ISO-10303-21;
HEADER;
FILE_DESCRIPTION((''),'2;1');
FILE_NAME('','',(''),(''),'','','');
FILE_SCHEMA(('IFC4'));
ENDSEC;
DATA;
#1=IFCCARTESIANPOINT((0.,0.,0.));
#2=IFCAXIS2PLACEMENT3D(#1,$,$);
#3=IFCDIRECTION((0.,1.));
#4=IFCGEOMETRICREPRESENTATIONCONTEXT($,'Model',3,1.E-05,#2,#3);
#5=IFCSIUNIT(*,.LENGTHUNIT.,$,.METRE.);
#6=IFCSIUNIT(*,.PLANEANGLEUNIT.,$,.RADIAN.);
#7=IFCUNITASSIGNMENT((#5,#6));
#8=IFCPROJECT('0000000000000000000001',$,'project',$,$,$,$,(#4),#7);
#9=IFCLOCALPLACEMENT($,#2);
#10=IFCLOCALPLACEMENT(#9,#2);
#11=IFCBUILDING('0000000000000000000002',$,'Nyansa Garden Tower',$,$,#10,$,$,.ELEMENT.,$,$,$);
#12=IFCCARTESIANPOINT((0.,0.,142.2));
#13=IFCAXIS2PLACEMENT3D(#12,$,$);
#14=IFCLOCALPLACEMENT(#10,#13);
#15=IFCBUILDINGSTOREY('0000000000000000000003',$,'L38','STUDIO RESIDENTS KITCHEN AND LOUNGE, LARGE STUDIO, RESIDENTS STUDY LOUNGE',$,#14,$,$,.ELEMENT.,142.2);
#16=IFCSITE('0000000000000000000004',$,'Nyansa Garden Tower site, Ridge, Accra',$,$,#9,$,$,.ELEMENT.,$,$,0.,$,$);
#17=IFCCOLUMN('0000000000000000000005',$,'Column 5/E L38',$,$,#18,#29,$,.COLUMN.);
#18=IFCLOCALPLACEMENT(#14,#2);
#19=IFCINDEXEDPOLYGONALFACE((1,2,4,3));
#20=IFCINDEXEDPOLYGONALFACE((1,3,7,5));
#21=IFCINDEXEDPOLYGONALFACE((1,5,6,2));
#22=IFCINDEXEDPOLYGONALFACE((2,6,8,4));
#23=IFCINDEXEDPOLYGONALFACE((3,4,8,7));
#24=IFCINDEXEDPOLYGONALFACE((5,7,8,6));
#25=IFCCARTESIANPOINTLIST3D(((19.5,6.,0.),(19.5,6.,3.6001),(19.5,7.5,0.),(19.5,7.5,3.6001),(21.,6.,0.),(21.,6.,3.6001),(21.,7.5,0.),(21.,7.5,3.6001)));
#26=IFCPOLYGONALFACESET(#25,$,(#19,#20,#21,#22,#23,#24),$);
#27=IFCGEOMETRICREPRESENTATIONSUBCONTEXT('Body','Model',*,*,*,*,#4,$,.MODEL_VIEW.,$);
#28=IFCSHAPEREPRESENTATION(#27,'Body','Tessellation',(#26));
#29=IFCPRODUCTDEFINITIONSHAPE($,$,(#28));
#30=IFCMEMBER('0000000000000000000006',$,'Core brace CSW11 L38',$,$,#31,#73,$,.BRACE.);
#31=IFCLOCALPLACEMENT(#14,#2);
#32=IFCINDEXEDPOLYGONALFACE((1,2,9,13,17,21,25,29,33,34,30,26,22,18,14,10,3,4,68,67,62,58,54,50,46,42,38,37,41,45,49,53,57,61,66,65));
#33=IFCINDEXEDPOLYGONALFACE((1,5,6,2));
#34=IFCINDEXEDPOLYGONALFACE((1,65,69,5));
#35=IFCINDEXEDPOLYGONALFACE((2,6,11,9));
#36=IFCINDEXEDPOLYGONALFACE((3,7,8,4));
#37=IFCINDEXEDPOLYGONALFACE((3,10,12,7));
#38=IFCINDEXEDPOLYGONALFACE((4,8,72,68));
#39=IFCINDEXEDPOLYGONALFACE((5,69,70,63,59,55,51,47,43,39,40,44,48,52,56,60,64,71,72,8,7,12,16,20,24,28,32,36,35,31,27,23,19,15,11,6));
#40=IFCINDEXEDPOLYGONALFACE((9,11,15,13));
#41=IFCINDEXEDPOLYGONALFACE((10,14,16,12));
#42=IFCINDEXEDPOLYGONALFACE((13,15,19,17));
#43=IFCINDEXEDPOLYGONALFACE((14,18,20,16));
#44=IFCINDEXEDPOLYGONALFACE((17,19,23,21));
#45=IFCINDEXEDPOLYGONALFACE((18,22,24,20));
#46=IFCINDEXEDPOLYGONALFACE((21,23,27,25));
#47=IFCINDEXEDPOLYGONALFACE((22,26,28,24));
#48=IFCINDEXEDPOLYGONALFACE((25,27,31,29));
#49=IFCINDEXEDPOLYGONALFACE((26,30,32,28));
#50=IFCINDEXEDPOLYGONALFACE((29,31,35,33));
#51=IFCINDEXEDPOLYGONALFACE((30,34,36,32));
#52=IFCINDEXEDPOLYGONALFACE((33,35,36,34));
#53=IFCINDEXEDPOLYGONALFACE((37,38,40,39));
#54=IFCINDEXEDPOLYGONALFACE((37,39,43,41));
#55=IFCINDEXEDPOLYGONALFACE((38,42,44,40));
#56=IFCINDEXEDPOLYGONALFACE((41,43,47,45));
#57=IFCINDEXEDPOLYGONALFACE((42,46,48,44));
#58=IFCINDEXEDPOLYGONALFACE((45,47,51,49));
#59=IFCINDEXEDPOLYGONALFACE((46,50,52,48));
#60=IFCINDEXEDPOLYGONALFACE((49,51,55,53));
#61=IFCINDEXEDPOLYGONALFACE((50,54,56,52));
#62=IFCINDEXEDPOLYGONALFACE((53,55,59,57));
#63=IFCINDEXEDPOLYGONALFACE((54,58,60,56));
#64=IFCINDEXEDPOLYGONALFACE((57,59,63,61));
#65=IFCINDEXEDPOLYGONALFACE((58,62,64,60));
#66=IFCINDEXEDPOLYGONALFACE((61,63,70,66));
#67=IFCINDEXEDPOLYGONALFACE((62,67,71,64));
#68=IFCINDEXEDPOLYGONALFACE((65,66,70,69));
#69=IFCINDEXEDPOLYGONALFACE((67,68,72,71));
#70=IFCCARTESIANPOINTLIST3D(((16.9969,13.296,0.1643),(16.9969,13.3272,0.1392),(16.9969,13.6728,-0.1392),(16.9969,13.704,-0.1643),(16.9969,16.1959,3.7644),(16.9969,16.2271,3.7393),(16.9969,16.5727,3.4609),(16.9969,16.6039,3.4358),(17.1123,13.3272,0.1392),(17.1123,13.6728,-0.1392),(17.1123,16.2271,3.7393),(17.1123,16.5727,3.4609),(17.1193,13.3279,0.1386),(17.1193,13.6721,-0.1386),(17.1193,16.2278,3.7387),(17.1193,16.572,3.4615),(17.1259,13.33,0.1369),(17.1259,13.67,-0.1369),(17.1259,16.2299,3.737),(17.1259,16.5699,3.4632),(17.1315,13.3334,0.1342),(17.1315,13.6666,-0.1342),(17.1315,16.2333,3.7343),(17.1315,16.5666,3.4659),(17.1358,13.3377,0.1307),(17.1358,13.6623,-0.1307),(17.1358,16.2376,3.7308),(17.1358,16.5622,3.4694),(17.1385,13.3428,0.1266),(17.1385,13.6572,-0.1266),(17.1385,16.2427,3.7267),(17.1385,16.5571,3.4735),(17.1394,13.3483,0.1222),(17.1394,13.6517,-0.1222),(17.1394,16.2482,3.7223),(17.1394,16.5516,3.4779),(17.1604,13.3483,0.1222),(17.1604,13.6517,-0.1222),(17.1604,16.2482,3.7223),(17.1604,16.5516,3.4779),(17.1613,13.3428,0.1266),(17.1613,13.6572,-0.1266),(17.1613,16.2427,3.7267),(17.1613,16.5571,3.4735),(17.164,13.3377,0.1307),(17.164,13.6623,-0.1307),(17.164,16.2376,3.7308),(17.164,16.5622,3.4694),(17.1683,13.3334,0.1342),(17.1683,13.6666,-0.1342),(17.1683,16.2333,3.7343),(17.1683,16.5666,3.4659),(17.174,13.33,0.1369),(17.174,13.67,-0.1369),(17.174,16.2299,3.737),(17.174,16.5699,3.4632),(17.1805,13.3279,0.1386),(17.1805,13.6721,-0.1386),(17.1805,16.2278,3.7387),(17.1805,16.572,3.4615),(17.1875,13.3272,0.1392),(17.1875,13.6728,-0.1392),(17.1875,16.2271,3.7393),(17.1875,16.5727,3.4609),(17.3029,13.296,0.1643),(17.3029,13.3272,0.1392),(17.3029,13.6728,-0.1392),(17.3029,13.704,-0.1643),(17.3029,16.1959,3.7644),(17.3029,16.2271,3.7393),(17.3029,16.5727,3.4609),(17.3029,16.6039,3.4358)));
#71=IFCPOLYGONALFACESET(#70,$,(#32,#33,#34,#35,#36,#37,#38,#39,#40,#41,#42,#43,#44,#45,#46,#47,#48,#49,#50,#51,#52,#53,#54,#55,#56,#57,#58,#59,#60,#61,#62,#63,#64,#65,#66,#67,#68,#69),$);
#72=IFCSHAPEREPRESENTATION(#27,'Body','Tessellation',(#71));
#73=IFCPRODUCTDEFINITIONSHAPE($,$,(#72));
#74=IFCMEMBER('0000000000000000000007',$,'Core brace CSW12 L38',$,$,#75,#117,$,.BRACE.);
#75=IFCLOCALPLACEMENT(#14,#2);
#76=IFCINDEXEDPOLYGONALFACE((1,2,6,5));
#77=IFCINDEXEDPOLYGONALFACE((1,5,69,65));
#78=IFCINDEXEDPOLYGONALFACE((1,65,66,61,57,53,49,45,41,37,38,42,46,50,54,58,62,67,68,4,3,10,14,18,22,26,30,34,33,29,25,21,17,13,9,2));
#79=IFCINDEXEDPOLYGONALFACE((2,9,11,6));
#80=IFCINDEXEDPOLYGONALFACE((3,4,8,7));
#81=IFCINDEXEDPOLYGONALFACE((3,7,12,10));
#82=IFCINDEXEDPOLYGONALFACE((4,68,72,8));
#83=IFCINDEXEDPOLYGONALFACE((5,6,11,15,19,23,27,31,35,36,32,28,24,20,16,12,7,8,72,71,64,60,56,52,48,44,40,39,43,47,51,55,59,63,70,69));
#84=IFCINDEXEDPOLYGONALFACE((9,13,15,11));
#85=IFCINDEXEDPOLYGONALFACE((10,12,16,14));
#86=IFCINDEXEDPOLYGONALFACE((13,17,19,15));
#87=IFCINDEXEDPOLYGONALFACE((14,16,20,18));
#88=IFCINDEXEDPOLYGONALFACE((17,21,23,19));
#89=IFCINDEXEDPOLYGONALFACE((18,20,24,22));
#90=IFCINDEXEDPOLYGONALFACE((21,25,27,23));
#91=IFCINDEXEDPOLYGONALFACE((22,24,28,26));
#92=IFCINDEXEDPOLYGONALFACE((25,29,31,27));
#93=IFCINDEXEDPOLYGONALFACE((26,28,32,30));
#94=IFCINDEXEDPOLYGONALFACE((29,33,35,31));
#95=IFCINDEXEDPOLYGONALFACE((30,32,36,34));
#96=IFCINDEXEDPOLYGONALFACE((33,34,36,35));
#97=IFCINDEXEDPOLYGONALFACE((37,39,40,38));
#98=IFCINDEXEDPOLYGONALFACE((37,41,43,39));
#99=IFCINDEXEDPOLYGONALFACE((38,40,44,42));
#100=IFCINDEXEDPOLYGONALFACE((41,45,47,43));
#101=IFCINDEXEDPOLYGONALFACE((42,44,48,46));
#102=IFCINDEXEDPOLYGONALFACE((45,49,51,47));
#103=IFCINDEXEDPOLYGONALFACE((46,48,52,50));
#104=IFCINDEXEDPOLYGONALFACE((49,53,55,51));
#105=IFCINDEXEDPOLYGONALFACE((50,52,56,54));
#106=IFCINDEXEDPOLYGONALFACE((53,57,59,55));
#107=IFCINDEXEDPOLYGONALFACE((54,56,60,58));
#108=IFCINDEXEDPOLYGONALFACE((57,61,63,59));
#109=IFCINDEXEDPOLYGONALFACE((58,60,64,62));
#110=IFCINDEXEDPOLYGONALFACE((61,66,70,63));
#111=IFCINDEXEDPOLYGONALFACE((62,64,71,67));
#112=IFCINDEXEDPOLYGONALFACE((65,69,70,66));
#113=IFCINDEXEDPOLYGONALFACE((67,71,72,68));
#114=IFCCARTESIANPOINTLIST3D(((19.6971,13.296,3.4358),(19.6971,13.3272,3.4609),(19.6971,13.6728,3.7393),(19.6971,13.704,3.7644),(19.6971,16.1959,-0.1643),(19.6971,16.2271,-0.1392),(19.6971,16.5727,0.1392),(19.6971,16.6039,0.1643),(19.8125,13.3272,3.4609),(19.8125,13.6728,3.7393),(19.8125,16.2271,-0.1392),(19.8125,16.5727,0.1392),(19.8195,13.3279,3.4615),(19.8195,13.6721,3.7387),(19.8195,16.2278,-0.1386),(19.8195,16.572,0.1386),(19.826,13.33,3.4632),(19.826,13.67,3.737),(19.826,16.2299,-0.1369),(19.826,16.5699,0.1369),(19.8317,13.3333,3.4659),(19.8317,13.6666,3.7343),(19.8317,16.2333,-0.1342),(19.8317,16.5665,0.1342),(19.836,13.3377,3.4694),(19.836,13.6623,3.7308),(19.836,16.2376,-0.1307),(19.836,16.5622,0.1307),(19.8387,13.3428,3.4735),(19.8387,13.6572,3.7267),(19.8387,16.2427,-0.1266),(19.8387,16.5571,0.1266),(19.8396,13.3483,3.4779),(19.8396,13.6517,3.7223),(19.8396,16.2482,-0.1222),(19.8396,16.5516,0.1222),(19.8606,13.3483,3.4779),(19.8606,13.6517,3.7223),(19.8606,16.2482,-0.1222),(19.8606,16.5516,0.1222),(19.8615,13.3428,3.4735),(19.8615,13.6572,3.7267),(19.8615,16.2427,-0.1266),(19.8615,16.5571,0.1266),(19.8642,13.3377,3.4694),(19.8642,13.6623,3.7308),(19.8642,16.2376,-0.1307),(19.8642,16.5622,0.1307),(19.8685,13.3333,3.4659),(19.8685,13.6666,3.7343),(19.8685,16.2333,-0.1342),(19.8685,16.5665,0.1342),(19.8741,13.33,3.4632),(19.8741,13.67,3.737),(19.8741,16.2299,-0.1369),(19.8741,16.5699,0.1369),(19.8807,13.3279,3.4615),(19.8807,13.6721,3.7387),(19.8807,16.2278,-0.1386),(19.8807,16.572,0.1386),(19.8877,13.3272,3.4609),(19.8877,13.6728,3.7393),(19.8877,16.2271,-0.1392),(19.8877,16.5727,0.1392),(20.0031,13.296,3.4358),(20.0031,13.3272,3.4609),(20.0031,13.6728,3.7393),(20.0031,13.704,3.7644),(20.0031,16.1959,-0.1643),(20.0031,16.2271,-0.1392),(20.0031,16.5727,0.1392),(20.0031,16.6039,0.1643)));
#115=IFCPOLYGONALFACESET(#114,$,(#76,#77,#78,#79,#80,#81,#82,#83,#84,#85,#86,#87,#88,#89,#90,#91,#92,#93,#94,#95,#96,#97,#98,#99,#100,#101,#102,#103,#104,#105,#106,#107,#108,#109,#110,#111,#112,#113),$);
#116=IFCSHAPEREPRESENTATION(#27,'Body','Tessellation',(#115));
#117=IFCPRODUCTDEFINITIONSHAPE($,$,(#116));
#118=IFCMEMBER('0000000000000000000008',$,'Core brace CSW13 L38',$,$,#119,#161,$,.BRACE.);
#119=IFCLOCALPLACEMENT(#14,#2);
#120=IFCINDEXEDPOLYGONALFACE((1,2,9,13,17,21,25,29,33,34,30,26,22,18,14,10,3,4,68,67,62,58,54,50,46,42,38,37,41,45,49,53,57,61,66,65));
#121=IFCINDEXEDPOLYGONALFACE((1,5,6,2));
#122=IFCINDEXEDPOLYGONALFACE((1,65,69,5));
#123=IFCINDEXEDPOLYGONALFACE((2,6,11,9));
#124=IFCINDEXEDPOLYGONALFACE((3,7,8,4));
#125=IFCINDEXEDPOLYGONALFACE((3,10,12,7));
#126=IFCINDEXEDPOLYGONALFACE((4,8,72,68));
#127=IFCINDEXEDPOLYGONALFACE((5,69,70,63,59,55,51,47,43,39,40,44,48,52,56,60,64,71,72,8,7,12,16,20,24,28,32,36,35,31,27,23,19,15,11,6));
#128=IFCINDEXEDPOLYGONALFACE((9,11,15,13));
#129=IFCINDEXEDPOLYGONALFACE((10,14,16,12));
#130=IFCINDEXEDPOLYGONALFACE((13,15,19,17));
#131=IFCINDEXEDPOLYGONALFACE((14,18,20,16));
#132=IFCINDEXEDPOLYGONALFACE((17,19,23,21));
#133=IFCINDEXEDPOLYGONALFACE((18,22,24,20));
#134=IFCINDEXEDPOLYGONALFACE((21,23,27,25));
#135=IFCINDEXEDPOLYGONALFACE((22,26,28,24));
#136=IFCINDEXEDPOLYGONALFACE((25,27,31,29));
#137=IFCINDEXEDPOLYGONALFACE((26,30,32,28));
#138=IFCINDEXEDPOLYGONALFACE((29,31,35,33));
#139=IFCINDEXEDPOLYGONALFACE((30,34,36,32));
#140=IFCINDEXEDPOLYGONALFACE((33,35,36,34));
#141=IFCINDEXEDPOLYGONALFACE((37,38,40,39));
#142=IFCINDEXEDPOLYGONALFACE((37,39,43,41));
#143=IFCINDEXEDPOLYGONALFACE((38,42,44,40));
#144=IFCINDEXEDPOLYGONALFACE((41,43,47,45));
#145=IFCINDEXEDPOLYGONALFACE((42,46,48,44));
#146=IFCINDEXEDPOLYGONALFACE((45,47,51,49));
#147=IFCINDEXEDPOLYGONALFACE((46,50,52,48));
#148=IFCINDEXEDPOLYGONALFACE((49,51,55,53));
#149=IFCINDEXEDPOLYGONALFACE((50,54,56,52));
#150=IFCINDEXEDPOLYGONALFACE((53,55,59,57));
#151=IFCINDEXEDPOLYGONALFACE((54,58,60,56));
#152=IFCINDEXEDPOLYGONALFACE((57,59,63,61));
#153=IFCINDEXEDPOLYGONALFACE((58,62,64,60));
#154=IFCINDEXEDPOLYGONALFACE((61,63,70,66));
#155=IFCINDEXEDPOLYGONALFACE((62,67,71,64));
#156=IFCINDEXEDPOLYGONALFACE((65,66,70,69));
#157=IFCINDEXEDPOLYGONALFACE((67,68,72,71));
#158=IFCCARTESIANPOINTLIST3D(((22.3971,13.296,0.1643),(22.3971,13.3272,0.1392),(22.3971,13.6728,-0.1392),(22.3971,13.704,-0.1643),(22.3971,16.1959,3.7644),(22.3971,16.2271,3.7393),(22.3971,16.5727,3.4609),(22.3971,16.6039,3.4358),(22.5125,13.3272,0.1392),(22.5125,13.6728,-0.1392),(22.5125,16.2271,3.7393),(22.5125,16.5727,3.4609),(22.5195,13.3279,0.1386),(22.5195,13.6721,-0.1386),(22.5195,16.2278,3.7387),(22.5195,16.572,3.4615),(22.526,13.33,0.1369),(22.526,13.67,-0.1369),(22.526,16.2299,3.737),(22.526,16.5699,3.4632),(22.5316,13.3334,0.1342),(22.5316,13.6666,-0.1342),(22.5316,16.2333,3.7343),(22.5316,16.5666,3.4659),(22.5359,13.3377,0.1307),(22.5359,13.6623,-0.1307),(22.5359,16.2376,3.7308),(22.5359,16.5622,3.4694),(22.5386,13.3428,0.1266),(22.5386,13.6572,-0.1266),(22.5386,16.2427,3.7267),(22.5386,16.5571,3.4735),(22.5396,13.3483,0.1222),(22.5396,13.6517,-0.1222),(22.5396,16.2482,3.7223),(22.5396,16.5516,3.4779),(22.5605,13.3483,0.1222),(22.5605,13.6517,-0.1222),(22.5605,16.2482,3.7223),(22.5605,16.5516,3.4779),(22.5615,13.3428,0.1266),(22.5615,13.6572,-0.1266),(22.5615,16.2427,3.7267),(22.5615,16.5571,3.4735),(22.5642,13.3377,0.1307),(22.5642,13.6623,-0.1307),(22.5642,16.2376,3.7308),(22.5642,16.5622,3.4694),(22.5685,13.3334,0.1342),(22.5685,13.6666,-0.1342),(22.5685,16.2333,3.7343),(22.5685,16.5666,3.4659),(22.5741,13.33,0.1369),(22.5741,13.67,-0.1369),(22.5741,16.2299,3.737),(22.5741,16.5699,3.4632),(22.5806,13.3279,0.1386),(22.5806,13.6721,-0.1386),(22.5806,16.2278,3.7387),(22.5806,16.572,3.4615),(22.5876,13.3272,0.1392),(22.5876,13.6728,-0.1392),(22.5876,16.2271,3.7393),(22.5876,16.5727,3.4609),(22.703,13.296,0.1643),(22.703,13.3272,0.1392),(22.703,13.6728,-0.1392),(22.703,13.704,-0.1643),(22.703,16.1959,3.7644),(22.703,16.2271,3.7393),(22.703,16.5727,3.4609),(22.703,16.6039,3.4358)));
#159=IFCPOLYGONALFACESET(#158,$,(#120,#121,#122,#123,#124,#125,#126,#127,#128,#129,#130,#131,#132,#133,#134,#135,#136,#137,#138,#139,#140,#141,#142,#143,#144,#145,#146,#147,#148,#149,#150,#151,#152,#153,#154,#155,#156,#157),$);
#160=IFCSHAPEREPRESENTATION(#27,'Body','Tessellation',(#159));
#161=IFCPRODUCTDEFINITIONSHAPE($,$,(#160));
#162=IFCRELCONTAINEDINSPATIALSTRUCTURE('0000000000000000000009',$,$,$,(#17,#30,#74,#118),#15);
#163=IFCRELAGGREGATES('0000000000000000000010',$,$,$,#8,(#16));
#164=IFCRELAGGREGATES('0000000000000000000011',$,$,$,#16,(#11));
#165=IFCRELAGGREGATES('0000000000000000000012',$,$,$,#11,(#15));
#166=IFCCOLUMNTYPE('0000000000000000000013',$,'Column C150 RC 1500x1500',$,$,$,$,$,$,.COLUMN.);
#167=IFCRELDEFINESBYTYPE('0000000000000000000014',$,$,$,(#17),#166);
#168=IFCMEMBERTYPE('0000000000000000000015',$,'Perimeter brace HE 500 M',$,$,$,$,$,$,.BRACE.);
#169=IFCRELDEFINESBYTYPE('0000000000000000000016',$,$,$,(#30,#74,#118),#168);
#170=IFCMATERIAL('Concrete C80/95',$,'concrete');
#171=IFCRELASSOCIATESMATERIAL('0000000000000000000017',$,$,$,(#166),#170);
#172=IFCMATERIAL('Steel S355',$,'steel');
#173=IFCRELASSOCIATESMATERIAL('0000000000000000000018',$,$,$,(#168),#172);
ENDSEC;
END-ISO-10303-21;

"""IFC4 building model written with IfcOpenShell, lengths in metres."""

from ifc_helpers import new_model, si_unit, direction, frame, origin, origin_2d, place, context, subcontext, project, spatial, rectangle, i_section, extrude, material, material_profile, profile_set, type_object, element, save


model = new_model("IFC4")

# Units and contexts
model_context = context("Model", 3, precision=1e-05, world=origin(), true_north=direction((0.0, 1.0)))
body_context = subcontext(model_context, "Body", "Model", "MODEL_VIEW")
ifc_project = project(units=[si_unit("LENGTHUNIT", "METRE"), si_unit("PLANEANGLEUNIT", "RADIAN")], contexts=[model_context])

# Site, building, storey
site_placement = place(None, origin())
site = spatial("IfcSite", under=ifc_project, at=site_placement, Name="Nyansa Garden Tower site, Ridge, Accra", CompositionType="ELEMENT", RefElevation=0.0)
building_placement = place(site_placement, origin())
building = spatial("IfcBuilding", under=site, at=building_placement, Name="Nyansa Garden Tower", CompositionType="ELEMENT")
storey_placement = place(building_placement, frame((0.0, 0.0, 142.2)))
storey = spatial("IfcBuildingStorey", under=building, at=storey_placement, Name="L38", Description="STUDIO RESIDENTS KITCHEN AND LOUNGE, LARGE STUDIO, RESIDENTS STUDY LOUNGE", CompositionType="ELEMENT", Elevation=142.2)

# Column
ifc_material_1 = material(Name="Concrete C80/95", Category="concrete")
ifc_material_profile_1 = material_profile(ifc_material_1, rectangle(XDim=1.5, YDim=1.5, at=origin_2d()), Name="RC 1500x1500")
ifc_profile_set_1 = profile_set([ifc_material_profile_1], Name="Concrete C80/95")
column_type = type_object("IfcColumnType", Name="Column C150 RC 1500x1500", PredefinedType="COLUMN", material=ifc_profile_set_1)
column_placement = place(storey_placement, frame((20.25, 6.75, 0.0), z_axis=(0.0, 0.0, 1.0), x_axis=(1.0, 0.0, 0.0)))
element("IfcColumn", 1, at=column_placement, inside=storey, type_object=column_type, Name="Column 5/E L38", PredefinedType="COLUMN", context=body_context, shape_type="SweptSolid", body=[
    extrude(rectangle(XDim=1.5, YDim=1.5, at=origin_2d()), origin(), (0.0, 0.0, 1.0), 3.6001),
])

# Members
ifc_material_2 = material(Name="Steel S355", Category="steel")
ifc_material_profile_2 = material_profile(ifc_material_2, i_section(OverallWidth=0.3059, OverallDepth=0.5239, WebThickness=0.021, FlangeThickness=0.04, FilletRadius=0.0271, at=origin_2d()), Name="HE 500 M")
ifc_profile_set_2 = profile_set([ifc_material_profile_2], Name="Steel S355")
member_type = type_object("IfcMemberType", Name="Perimeter brace HE 500 M", PredefinedType="BRACE", material=ifc_profile_set_2)
for number, where, z_axis, x_axis, name in (
    (2, (17.1499, 13.5, 0.0), (0.0, 0.627306, 0.778773), (-1.0, 0.0, 0.0), "Core brace CSW11 L38"),
    (3, (19.8501, 16.3999, 0.0), (0.0, -0.627306, 0.778773), (1.0, 0.0, 0.0), "Core brace CSW12 L38"),
    (4, (22.55, 13.5, 0.0), (0.0, 0.627306, 0.778773), (-1.0, 0.0, 0.0), "Core brace CSW13 L38"),
):
    element("IfcMember", number, at=place(storey_placement, frame(where, z_axis=z_axis, x_axis=x_axis)), inside=storey, type_object=member_type, Name=name, PredefinedType="BRACE", context=body_context, shape_type="SweptSolid", body=[
        extrude(i_section(OverallWidth=0.3059, OverallDepth=0.5239, WebThickness=0.021, FlangeThickness=0.04, FilletRadius=0.0271, at=origin_2d()), origin(), (0.0, 0.0, 1.0), 4.6228),
    ])

save(model, "model.ifc")
